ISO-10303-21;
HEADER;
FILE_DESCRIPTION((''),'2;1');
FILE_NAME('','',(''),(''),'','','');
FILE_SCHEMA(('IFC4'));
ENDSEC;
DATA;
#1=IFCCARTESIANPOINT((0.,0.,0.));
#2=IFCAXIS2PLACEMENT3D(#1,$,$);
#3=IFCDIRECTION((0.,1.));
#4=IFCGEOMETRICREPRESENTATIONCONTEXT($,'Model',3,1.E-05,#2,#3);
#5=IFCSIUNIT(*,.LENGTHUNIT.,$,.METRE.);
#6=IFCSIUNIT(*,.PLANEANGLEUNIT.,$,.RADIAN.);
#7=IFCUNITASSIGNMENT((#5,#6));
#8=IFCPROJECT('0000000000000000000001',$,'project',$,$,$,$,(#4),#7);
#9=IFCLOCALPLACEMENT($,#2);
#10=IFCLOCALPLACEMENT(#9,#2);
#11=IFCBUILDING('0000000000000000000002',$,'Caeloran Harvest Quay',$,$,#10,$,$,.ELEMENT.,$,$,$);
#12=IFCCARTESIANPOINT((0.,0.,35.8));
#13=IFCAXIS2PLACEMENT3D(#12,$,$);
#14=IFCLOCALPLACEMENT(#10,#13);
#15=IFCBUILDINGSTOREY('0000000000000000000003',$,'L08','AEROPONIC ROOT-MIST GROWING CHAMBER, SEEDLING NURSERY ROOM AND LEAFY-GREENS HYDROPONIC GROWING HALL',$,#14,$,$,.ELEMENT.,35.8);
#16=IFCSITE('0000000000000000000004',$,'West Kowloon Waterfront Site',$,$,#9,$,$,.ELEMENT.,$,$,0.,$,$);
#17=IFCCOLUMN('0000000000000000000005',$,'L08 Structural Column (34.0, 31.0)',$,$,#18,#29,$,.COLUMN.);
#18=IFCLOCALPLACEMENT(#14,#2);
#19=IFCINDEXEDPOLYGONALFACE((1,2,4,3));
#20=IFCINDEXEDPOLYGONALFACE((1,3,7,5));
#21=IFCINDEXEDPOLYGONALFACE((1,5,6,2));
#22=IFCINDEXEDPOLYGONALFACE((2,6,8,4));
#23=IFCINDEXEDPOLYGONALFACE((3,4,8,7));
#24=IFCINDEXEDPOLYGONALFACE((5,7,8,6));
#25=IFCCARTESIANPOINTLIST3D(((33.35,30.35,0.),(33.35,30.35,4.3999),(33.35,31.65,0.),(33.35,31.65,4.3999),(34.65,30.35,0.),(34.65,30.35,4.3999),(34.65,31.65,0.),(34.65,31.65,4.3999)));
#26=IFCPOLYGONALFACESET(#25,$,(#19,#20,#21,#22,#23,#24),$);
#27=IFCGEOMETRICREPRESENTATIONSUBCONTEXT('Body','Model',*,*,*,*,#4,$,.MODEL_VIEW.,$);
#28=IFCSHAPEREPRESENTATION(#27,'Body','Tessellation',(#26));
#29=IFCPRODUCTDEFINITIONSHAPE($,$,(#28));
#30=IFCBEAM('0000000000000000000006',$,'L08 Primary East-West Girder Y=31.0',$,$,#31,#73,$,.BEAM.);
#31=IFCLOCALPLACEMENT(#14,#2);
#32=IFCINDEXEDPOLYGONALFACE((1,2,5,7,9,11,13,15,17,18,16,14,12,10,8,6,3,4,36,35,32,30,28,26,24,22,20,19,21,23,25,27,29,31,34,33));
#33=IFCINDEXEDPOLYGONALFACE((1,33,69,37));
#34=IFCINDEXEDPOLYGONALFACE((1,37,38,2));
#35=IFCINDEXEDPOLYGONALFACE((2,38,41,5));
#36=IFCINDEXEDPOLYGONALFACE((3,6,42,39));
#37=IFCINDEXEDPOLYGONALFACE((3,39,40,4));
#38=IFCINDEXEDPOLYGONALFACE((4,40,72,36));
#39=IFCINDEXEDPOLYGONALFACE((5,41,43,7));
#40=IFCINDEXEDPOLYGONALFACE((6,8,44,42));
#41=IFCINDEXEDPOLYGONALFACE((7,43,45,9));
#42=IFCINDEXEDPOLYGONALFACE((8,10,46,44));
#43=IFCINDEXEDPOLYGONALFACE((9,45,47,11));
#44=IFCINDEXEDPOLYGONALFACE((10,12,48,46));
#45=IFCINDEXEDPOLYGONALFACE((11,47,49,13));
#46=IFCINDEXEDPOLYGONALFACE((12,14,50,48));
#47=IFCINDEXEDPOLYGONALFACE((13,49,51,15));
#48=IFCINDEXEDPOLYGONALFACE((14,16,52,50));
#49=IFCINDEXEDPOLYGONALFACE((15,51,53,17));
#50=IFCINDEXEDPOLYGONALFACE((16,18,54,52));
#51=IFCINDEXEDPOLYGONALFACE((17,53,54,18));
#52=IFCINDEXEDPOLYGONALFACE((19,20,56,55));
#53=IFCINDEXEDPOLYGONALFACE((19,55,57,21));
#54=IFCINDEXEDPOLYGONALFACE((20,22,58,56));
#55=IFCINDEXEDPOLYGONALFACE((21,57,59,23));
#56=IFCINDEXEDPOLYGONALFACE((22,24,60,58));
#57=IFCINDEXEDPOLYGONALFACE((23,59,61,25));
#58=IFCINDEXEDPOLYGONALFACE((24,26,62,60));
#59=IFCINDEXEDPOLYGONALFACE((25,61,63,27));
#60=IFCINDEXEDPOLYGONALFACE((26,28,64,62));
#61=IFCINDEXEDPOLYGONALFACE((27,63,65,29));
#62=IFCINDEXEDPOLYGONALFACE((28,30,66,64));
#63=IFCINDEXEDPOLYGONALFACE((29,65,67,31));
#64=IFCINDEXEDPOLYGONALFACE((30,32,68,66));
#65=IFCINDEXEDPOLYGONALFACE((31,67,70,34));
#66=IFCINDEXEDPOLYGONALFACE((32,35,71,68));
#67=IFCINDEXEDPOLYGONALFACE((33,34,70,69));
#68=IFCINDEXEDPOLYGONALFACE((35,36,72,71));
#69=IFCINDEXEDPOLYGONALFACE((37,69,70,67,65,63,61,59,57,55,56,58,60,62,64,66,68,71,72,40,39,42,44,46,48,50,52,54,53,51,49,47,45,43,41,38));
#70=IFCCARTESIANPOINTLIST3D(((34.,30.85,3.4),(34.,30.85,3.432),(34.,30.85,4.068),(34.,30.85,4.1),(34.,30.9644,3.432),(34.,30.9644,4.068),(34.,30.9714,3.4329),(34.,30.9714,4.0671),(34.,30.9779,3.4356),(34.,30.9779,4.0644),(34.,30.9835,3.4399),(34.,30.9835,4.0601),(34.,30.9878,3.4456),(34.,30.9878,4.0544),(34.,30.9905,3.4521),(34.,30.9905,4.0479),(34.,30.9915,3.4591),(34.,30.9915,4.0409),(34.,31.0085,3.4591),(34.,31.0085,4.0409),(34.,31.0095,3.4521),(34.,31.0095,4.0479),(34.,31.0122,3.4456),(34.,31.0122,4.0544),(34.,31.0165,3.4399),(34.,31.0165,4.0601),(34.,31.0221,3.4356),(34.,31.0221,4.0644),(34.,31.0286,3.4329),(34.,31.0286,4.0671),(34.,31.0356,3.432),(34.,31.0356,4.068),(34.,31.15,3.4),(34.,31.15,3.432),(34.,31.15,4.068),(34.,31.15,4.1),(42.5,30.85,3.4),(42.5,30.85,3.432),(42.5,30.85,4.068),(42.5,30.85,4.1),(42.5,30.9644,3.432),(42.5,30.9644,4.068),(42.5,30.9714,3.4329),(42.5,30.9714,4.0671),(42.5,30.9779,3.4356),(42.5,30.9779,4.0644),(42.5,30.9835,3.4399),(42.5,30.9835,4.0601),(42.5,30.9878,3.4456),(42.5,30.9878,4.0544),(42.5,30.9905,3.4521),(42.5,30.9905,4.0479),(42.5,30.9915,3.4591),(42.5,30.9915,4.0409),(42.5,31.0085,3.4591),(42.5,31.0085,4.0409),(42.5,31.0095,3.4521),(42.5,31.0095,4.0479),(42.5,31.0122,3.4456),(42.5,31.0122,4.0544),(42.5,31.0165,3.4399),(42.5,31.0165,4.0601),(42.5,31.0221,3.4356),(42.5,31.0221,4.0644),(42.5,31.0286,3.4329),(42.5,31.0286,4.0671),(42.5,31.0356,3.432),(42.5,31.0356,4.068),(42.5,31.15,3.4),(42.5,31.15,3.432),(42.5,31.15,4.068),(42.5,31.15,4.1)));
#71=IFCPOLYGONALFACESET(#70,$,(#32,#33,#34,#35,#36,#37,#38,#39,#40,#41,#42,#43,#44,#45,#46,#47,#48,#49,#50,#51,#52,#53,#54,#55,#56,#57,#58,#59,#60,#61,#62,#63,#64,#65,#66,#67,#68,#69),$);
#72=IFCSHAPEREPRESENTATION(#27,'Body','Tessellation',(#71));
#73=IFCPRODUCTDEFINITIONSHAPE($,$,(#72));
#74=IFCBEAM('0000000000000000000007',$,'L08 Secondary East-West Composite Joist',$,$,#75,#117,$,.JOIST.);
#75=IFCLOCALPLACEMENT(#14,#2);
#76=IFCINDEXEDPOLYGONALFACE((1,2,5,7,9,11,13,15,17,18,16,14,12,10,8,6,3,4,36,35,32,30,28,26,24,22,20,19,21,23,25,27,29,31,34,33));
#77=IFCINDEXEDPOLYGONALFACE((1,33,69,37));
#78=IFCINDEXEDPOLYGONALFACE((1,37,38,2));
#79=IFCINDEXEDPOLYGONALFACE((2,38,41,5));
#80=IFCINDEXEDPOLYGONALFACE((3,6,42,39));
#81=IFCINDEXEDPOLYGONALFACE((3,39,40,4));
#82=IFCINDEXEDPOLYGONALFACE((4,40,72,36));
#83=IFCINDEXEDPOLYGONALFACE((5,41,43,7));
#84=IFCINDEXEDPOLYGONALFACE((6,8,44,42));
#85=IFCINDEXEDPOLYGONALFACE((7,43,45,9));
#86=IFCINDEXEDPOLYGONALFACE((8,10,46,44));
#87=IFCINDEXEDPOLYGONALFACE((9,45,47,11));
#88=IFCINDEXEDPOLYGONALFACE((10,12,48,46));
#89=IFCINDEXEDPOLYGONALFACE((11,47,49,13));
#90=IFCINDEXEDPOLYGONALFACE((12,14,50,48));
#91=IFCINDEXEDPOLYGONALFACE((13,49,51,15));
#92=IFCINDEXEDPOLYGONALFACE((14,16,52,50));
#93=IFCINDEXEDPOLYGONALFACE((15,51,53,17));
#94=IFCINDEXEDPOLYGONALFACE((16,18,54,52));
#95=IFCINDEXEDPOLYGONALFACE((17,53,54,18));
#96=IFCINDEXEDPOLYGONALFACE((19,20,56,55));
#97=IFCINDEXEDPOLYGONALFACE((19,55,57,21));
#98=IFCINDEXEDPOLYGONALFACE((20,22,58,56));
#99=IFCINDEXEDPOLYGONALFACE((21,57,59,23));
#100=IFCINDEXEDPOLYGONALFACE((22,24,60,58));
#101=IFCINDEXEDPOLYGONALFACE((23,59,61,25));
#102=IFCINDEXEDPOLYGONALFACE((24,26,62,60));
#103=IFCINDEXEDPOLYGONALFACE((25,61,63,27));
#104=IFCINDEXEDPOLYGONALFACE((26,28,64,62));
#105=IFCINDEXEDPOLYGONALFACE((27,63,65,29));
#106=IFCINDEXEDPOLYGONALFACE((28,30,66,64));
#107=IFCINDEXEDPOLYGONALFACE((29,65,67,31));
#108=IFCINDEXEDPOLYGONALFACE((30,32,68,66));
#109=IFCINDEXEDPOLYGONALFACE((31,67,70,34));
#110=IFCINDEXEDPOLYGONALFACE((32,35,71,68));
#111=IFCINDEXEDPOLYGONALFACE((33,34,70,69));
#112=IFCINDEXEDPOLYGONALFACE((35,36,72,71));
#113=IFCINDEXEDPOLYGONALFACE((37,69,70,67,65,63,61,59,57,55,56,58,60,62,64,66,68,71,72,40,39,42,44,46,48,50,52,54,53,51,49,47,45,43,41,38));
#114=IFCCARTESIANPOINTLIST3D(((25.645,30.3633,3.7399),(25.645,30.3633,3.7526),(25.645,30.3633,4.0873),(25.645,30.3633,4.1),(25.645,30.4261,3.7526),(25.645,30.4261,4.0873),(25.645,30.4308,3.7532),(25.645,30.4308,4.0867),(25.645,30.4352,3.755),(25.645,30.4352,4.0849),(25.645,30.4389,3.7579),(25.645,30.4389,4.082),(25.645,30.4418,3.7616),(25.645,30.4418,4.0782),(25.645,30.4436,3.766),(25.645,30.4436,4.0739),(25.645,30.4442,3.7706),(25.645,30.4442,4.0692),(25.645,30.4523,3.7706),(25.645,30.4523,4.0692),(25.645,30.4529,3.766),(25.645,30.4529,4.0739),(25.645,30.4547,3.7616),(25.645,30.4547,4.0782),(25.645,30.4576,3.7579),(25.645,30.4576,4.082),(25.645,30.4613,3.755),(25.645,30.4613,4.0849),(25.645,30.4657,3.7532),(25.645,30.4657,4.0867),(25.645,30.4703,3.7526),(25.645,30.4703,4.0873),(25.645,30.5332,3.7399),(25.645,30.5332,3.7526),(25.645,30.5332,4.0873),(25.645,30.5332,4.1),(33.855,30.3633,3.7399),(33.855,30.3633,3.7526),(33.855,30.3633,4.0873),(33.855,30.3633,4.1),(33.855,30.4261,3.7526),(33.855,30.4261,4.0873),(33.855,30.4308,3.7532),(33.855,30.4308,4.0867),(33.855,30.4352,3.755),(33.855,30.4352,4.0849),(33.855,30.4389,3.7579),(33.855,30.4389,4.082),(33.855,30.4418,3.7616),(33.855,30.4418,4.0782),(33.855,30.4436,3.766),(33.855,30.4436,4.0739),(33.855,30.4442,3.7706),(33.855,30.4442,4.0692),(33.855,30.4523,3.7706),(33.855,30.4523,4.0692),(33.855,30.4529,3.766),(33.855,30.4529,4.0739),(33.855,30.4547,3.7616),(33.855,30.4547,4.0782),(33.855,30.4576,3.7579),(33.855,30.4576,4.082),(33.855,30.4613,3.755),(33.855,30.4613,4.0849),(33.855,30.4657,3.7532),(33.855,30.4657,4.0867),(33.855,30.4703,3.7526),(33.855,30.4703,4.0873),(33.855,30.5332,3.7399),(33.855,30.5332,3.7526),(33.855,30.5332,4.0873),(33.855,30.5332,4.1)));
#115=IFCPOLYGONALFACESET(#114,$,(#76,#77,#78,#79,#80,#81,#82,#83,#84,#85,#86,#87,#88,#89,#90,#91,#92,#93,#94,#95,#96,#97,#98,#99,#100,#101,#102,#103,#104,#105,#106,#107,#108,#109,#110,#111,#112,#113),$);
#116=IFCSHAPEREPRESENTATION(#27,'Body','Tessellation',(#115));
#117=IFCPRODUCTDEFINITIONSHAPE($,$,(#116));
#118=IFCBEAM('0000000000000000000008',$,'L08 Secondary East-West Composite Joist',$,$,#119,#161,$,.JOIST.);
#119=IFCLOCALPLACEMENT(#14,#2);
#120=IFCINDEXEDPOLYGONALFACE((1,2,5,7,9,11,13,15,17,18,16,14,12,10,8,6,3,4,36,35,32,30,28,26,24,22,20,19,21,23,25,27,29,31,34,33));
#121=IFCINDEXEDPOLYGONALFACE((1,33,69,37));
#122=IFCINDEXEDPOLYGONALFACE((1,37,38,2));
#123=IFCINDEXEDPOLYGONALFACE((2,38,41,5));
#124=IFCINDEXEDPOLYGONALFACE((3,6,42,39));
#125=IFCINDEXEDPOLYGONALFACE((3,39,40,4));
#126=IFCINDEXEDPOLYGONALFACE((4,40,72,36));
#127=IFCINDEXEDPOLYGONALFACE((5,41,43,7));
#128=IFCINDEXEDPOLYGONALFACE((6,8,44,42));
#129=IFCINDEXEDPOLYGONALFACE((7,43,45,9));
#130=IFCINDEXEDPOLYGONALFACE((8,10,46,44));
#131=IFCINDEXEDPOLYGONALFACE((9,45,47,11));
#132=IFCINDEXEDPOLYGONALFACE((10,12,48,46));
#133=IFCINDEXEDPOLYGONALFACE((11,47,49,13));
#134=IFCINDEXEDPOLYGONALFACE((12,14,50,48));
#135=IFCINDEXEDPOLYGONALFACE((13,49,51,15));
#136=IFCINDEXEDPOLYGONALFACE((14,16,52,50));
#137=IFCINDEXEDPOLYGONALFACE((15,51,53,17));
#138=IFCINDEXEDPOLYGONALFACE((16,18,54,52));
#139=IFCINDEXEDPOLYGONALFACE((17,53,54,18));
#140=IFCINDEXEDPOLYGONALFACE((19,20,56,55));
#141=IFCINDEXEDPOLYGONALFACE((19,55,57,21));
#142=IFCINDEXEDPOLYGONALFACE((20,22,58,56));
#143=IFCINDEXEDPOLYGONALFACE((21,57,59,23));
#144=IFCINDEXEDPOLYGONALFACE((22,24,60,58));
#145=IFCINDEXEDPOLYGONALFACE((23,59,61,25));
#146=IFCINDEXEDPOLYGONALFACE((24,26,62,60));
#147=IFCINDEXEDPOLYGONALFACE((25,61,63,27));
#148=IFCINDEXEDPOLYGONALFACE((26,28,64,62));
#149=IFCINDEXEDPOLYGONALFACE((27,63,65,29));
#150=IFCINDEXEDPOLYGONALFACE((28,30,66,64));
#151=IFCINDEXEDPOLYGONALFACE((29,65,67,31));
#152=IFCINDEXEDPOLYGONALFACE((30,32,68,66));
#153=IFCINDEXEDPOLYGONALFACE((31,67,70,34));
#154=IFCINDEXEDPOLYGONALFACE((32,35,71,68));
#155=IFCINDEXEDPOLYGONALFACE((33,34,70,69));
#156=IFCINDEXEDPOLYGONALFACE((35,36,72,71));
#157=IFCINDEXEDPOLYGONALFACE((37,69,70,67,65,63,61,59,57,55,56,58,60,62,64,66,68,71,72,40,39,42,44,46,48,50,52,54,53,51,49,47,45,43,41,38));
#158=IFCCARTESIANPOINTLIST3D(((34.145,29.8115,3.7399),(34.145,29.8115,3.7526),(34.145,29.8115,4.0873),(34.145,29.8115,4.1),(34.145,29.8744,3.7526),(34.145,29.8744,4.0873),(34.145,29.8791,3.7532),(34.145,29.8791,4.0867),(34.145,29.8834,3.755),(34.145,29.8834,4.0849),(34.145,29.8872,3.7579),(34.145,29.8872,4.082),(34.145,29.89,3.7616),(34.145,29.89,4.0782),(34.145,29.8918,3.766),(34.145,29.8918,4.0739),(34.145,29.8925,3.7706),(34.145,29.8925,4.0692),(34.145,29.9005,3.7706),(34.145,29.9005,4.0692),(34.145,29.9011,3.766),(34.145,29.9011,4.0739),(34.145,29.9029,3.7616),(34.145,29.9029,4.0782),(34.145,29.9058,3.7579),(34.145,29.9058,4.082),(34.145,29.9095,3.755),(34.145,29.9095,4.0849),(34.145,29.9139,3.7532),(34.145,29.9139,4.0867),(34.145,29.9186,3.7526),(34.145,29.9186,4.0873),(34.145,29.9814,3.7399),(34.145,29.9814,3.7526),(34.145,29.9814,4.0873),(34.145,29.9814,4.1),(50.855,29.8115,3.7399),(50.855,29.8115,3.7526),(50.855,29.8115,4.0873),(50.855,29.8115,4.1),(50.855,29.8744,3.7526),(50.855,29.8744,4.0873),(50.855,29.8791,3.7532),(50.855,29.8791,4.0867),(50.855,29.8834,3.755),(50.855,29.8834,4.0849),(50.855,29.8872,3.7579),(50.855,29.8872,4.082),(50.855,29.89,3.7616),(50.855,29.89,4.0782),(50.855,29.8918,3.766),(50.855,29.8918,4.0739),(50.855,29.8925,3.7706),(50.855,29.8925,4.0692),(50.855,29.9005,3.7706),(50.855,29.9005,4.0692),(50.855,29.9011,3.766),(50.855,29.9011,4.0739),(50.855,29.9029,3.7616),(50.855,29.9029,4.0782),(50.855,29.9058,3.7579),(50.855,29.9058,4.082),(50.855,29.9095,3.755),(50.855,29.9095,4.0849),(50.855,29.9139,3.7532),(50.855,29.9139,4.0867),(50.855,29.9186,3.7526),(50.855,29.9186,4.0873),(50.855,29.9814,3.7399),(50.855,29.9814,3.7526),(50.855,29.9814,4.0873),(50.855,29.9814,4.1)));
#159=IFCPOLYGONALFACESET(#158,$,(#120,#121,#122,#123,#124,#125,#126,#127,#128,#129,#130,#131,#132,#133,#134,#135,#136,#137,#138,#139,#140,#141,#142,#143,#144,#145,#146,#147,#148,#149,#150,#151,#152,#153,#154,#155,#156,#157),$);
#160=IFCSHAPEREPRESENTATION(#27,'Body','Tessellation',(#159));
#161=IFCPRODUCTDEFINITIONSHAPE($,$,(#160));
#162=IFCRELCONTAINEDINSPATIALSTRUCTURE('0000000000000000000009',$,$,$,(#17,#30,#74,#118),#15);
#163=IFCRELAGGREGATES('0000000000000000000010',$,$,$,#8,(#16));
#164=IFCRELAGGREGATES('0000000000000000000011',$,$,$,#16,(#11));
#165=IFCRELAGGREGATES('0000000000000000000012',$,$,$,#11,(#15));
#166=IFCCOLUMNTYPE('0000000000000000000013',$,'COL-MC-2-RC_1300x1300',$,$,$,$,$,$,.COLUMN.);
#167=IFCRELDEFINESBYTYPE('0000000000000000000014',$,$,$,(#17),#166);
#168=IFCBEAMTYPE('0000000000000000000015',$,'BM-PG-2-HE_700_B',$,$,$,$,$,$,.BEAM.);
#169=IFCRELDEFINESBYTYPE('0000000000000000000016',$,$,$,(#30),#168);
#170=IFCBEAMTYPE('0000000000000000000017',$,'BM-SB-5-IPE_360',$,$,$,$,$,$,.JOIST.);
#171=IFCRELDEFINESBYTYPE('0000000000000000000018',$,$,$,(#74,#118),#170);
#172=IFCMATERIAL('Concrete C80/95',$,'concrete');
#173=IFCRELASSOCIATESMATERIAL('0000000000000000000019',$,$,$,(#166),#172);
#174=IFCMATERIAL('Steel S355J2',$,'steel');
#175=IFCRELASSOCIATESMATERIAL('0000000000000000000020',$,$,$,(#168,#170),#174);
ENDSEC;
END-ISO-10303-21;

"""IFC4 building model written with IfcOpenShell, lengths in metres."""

from ifc_helpers import new_model, si_unit, direction, frame, origin, origin_2d, place, context, subcontext, project, spatial, rectangle, i_section, extrude, material, material_profile, profile_set, type_object, element, save


model = new_model("IFC4")

# Units and contexts
model_context = context("Model", 3, precision=1e-05, world=origin(), true_north=direction((0.0, 1.0)))
body_context = subcontext(model_context, "Body", "Model", "MODEL_VIEW")
ifc_project = project(units=[si_unit("LENGTHUNIT", "METRE"), si_unit("PLANEANGLEUNIT", "RADIAN")], contexts=[model_context])

# Site, building, storey
site_placement = place(None, origin())
site = spatial("IfcSite", under=ifc_project, at=site_placement, Name="West Kowloon Waterfront Site", CompositionType="ELEMENT", RefElevation=0.0)
building_placement = place(site_placement, origin())
building = spatial("IfcBuilding", under=site, at=building_placement, Name="Caeloran Harvest Quay", CompositionType="ELEMENT")
storey_placement = place(building_placement, frame((0.0, 0.0, 35.8)))
storey = spatial("IfcBuildingStorey", under=building, at=storey_placement, Name="L08", Description="AEROPONIC ROOT-MIST GROWING CHAMBER, SEEDLING NURSERY ROOM AND LEAFY-GREENS HYDROPONIC GROWING HALL", CompositionType="ELEMENT", Elevation=35.8)

# Column
ifc_material_1 = material(Name="Concrete C80/95", Category="concrete")
ifc_material_profile_1 = material_profile(ifc_material_1, rectangle(XDim=1.3, YDim=1.3, at=origin_2d()), Name="RC 1300x1300")
ifc_profile_set_1 = profile_set([ifc_material_profile_1], Name="Concrete C80/95")
column_type = type_object("IfcColumnType", Name="COL-MC-2-RC_1300x1300", PredefinedType="COLUMN", material=ifc_profile_set_1)
column_placement = place(storey_placement, frame((34.0, 31.0, 0.0), z_axis=(0.0, 0.0, 1.0), x_axis=(1.0, 0.0, 0.0)))
element("IfcColumn", 1, at=column_placement, inside=storey, type_object=column_type, Name="L08 Structural Column (34.0, 31.0)", PredefinedType="COLUMN", context=body_context, shape_type="SweptSolid", body=[
    extrude(rectangle(XDim=1.3, YDim=1.3, at=origin_2d()), origin(), (0.0, 0.0, 1.0), 4.3999),
])

# Beams
ifc_material_2 = material(Name="Steel S355J2", Category="steel")
ifc_material_profile_2 = material_profile(ifc_material_2, i_section(OverallWidth=0.3, OverallDepth=0.7, WebThickness=0.0171, FlangeThickness=0.032, FilletRadius=0.0271, at=origin_2d()), Name="HE 700 B")
ifc_profile_set_2 = profile_set([ifc_material_profile_2], Name="Steel S355J2")
beam_type_1 = type_object("IfcBeamType", Name="BM-PG-2-HE_700_B", PredefinedType="BEAM", material=ifc_profile_set_2)
beam_1_placement = place(storey_placement, frame((34.0, 31.0, 3.75), z_axis=(1.0, 0.0, 0.0), x_axis=(0.0, 1.0, 0.0)))
element("IfcBeam", 2, at=beam_1_placement, inside=storey, type_object=beam_type_1, Name="L08 Primary East-West Girder Y=31.0", PredefinedType="BEAM", context=body_context, shape_type="SweptSolid", body=[
    extrude(i_section(OverallWidth=0.3, OverallDepth=0.7, WebThickness=0.0171, FlangeThickness=0.032, FilletRadius=0.0271, at=origin_2d()), origin(), (0.0, 0.0, 1.0), 8.5),
])
ifc_material_profile_3 = material_profile(ifc_material_2, i_section(OverallWidth=0.1699, OverallDepth=0.3601, WebThickness=0.0081, FlangeThickness=0.0127, FilletRadius=0.0181, at=origin_2d()), Name="IPE 360")
ifc_profile_set_3 = profile_set([ifc_material_profile_3], Name="Steel S355J2")
beam_type_2 = type_object("IfcBeamType", Name="BM-SB-5-IPE_360", PredefinedType="JOIST", material=ifc_profile_set_3)
beam_2_placement = place(storey_placement, frame((25.645, 30.4482, 3.9199), z_axis=(1.0, 0.0, 0.0), x_axis=(0.0, 1.0, 0.0)))
element("IfcBeam", 3, at=beam_2_placement, inside=storey, type_object=beam_type_2, Name="L08 Secondary East-West Composite Joist", PredefinedType="JOIST", context=body_context, shape_type="SweptSolid", body=[
    extrude(i_section(OverallWidth=0.1699, OverallDepth=0.3601, WebThickness=0.0081, FlangeThickness=0.0127, FilletRadius=0.0181, at=origin_2d()), origin(), (0.0, 0.0, 1.0), 8.21),
])
for number, where, z_axis, x_axis, name in (
    (4, (34.145, 29.8965, 3.9199), (1.0, 0.0, 0.0), (0.0, 1.0, 0.0), "L08 Secondary East-West Composite Joist"),
):
    element("IfcBeam", number, at=place(storey_placement, frame(where, z_axis=z_axis, x_axis=x_axis)), inside=storey, type_object=beam_type_2, Name=name, PredefinedType="JOIST", context=body_context, shape_type="SweptSolid", body=[
        extrude(i_section(OverallWidth=0.1699, OverallDepth=0.3601, WebThickness=0.0081, FlangeThickness=0.0127, FilletRadius=0.0181, at=origin_2d()), origin(), (0.0, 0.0, 1.0), 16.71),
    ])

save(model, "model.ifc")
